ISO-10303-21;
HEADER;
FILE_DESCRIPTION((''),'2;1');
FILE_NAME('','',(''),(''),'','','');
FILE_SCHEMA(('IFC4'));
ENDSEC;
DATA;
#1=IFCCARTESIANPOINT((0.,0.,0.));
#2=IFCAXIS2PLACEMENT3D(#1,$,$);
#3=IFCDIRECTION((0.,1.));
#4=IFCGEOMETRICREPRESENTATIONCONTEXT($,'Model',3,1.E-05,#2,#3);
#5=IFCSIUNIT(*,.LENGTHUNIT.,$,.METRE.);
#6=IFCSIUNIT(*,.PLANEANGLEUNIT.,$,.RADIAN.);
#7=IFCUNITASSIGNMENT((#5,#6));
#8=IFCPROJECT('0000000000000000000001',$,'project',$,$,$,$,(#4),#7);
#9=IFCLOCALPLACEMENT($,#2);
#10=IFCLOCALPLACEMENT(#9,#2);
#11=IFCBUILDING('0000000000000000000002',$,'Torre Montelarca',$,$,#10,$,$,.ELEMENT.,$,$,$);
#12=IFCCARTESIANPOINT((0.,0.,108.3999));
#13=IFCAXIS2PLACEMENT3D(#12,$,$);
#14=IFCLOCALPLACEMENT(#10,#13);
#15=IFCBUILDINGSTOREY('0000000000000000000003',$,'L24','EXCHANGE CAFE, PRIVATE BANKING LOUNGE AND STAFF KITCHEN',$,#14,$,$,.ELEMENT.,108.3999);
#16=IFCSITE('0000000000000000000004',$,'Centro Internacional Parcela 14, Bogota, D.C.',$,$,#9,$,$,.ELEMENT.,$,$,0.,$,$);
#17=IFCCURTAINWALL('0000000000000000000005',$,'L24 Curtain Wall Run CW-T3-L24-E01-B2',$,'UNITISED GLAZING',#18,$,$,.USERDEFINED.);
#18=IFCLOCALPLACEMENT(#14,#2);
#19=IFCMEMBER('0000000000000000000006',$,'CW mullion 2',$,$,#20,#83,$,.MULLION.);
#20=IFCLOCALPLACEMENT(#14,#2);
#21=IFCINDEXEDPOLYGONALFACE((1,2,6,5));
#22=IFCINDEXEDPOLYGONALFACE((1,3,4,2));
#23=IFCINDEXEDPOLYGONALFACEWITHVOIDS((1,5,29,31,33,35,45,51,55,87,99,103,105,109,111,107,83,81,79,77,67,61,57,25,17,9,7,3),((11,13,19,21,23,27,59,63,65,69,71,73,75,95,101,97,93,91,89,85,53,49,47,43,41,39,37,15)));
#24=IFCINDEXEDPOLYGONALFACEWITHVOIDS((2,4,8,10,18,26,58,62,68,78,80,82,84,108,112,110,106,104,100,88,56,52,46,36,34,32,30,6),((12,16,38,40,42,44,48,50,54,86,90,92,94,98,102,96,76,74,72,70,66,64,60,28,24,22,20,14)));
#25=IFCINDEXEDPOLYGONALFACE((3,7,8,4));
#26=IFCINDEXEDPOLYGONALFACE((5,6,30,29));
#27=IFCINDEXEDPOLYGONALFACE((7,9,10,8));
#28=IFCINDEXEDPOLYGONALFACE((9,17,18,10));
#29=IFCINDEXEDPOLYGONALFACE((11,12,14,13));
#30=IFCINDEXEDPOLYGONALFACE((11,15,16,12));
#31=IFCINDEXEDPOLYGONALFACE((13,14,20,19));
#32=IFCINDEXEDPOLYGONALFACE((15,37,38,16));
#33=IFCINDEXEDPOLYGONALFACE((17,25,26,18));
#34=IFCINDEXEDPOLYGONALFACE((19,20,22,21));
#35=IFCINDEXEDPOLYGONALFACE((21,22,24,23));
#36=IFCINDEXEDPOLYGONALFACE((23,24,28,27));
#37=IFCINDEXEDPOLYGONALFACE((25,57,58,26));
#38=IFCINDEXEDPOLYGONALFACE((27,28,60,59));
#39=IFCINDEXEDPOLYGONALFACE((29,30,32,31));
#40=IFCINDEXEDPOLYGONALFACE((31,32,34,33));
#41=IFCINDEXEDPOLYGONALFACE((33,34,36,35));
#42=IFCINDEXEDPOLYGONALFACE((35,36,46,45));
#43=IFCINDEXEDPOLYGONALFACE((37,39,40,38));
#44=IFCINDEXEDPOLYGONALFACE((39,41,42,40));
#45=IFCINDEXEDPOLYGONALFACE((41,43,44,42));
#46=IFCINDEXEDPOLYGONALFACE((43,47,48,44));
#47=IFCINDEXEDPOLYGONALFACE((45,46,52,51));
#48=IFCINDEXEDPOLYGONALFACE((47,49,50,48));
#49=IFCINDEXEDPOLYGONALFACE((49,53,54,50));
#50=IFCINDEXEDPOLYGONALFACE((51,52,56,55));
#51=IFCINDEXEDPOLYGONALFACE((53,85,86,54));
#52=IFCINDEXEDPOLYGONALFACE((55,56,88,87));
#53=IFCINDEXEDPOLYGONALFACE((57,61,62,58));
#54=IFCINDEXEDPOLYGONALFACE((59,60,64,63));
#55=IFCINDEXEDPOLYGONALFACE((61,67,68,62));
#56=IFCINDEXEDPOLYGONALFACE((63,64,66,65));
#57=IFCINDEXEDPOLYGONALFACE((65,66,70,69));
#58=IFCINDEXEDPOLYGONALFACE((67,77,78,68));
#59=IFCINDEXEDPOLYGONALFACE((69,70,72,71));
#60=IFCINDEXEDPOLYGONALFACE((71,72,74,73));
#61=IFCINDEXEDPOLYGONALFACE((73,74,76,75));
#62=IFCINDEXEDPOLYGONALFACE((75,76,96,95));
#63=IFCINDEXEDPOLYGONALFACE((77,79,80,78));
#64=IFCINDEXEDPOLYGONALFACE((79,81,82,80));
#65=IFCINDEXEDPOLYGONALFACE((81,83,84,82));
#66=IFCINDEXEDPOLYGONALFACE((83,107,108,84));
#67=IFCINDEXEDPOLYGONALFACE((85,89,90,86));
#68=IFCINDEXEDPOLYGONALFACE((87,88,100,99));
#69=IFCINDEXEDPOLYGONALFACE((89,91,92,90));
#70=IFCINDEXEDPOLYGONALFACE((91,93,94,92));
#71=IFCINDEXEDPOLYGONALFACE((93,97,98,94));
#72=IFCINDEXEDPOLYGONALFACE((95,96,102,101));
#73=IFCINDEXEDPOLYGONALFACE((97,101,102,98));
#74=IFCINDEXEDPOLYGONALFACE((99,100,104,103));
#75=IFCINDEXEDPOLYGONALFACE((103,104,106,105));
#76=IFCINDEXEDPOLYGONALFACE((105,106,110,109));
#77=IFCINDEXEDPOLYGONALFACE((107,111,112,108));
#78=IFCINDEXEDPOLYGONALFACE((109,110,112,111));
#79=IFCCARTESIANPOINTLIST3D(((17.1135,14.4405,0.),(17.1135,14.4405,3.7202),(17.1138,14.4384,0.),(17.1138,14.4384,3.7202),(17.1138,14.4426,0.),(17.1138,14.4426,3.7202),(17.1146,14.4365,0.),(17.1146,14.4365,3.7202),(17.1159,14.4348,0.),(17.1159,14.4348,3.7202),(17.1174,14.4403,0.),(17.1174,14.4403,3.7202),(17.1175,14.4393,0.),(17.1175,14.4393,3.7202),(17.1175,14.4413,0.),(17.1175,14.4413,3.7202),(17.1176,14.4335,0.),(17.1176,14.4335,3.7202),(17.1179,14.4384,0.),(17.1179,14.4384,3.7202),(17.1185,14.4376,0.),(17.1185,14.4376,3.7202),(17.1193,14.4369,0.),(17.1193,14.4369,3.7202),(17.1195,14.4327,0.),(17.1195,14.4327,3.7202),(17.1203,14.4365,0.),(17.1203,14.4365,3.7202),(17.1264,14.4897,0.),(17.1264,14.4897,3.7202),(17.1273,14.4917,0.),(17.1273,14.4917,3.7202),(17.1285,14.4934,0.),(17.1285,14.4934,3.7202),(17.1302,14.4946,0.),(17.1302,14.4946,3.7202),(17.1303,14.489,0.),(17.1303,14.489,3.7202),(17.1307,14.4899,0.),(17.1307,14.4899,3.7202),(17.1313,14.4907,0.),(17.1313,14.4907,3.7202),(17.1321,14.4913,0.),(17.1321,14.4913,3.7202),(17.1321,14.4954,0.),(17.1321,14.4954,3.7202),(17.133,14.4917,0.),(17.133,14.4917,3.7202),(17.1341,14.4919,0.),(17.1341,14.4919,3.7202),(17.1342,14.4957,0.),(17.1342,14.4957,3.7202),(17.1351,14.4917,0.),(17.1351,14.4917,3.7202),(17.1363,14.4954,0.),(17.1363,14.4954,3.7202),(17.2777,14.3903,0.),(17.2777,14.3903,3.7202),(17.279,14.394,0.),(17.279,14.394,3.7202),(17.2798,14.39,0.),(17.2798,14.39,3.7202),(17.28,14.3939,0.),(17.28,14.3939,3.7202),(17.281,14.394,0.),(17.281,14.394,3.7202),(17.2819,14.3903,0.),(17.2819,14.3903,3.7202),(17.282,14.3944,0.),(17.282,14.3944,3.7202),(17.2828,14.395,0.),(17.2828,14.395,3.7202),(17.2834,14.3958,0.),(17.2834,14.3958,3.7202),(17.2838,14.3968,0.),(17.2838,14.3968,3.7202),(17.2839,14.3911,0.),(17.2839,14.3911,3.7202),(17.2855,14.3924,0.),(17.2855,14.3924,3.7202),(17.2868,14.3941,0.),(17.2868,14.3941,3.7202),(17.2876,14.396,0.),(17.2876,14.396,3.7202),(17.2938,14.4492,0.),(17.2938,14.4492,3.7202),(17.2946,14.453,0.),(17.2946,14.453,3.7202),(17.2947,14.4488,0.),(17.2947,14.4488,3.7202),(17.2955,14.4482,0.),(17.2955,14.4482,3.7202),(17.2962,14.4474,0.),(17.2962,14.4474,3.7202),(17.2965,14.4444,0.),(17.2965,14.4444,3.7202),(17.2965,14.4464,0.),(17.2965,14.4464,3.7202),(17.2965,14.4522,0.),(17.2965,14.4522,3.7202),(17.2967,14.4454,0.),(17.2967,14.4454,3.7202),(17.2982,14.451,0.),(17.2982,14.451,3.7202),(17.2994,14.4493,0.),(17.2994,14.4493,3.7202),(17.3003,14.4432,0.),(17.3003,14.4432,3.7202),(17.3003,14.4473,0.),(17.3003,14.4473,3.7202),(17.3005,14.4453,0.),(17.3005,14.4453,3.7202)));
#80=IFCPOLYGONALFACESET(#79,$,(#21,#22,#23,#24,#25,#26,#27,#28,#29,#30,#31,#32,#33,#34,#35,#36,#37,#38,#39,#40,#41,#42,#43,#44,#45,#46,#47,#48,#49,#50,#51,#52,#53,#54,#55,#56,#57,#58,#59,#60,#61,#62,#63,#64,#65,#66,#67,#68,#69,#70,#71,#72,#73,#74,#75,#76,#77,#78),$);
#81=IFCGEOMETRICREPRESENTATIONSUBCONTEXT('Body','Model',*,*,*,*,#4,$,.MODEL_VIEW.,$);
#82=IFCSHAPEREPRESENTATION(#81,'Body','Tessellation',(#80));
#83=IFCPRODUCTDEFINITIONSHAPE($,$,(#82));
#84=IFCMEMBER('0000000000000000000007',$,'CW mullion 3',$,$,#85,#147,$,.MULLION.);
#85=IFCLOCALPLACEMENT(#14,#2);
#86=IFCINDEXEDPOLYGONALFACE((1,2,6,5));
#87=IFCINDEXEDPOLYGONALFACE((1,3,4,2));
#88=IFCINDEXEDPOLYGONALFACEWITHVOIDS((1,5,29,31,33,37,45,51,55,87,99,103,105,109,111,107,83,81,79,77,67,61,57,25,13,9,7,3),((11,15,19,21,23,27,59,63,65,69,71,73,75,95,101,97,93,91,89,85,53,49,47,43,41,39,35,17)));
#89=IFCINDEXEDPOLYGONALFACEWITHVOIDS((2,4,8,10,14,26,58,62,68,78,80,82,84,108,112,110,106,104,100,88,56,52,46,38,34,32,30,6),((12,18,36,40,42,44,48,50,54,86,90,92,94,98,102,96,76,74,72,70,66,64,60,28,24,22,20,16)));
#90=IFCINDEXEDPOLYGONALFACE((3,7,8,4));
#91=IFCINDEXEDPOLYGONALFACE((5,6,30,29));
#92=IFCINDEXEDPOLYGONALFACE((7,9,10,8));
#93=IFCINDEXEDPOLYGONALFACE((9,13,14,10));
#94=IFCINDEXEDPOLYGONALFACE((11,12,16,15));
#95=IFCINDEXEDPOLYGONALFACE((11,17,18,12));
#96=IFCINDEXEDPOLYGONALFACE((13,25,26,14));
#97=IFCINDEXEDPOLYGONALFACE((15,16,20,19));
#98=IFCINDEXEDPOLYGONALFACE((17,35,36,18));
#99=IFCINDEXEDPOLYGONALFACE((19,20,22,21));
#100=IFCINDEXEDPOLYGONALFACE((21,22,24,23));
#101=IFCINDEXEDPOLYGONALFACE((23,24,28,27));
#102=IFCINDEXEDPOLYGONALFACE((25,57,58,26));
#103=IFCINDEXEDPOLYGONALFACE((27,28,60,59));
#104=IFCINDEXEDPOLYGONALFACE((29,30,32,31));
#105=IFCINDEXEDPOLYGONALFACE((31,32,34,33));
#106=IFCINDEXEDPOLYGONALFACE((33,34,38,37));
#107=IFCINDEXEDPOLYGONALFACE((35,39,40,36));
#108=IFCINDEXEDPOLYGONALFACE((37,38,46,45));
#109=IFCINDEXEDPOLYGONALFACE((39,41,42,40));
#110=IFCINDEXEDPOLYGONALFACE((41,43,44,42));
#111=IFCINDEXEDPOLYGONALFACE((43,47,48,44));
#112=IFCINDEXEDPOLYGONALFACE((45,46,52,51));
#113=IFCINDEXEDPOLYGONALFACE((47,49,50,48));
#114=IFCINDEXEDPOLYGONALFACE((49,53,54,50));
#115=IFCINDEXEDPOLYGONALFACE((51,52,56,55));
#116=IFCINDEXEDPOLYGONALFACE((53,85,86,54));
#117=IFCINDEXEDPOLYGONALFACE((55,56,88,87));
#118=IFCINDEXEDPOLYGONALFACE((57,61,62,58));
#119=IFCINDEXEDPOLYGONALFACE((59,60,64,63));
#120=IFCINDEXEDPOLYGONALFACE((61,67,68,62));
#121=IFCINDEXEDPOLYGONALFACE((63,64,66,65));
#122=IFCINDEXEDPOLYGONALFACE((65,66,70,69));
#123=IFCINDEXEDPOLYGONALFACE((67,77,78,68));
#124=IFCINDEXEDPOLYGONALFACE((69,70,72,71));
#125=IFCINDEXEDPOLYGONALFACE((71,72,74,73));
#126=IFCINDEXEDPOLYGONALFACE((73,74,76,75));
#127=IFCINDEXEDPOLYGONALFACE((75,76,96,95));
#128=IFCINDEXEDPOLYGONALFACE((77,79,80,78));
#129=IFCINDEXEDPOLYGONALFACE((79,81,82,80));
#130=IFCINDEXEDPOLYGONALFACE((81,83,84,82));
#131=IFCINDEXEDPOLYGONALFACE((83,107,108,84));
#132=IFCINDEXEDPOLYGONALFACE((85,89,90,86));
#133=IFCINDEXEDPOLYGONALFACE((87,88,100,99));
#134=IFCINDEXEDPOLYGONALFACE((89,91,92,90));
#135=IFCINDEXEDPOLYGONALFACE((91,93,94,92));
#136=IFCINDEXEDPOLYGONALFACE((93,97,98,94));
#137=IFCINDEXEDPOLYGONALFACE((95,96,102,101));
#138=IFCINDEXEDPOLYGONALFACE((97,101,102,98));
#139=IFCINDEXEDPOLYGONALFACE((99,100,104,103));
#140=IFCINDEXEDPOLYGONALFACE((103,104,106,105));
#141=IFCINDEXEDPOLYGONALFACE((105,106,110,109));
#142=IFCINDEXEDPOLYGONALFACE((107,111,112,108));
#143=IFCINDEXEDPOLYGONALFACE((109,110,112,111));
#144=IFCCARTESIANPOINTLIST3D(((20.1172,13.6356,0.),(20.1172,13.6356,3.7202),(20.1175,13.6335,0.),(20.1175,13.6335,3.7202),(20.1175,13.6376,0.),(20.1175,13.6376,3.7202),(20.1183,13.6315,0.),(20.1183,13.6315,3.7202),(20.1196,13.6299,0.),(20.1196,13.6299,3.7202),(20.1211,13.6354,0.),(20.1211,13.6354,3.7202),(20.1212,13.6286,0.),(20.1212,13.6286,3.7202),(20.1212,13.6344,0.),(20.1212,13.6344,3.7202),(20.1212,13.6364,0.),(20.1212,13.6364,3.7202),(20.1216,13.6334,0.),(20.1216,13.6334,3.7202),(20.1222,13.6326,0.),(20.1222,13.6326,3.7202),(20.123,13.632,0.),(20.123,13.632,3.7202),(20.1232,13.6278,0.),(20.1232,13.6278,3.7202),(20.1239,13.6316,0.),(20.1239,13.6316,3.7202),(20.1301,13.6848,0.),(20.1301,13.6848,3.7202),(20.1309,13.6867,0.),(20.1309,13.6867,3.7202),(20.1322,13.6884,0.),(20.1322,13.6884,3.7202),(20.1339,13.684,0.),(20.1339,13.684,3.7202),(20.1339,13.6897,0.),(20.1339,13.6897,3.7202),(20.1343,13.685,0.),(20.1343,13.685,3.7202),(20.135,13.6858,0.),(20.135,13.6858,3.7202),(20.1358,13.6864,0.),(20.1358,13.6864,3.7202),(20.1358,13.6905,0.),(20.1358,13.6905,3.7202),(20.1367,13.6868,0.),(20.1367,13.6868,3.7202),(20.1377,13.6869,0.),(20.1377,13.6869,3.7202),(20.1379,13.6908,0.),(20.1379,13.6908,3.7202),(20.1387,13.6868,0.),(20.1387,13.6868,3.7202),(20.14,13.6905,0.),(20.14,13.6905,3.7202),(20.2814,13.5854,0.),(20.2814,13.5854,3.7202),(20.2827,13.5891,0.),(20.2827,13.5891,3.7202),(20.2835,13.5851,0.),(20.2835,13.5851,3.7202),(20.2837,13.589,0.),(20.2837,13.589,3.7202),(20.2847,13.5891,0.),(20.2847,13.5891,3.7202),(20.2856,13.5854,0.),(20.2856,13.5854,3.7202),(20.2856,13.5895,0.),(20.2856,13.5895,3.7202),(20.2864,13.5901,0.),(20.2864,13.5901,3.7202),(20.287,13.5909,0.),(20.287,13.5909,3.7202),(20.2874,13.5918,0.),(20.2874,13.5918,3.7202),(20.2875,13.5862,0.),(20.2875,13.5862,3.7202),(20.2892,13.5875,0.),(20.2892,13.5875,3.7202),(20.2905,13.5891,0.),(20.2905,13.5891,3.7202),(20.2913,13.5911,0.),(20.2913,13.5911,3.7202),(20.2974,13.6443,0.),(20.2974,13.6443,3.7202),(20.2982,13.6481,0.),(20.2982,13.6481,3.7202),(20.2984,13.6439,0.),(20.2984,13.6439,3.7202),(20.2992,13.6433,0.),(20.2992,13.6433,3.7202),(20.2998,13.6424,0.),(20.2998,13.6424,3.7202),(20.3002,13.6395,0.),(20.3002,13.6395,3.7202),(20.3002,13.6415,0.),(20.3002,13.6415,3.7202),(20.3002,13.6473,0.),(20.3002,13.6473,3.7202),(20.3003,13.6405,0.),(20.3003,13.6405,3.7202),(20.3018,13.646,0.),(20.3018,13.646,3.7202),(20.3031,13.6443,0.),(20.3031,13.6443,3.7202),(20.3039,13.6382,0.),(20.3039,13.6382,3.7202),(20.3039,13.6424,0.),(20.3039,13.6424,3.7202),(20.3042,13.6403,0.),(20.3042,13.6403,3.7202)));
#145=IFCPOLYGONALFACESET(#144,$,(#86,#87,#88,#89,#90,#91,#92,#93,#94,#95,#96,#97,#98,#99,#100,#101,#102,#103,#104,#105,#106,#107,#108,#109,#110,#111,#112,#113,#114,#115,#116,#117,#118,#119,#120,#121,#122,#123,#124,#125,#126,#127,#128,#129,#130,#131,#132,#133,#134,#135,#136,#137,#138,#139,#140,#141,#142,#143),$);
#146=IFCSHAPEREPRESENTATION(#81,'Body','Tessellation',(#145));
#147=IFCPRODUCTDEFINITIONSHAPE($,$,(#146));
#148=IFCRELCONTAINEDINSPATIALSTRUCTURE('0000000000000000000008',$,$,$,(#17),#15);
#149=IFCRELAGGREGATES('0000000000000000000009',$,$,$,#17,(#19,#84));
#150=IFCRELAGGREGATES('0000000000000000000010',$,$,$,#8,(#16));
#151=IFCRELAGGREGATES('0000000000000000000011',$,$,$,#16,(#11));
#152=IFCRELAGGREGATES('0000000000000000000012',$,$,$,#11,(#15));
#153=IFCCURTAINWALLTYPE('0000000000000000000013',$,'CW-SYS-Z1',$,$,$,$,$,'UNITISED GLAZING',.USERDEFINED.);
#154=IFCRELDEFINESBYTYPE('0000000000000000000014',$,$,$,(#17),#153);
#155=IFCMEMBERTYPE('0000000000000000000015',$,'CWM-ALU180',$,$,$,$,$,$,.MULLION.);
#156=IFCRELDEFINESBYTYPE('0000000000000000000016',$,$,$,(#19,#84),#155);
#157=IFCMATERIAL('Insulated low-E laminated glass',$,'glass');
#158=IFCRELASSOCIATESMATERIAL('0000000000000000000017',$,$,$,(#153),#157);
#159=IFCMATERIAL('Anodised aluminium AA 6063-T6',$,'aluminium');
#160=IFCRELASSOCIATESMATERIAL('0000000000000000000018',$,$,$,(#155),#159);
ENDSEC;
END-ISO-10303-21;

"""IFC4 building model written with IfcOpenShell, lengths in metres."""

from ifc_helpers import new_model, si_unit, direction, frame, origin, origin_2d, place, context, subcontext, project, spatial, hollow_rectangle, extrude, source, transform, mapped, material, material_profile, profile_set, type_object, element, aggregate, save


model = new_model("IFC4")

# Units and contexts
model_context = context("Model", 3, precision=1e-05, world=origin(), true_north=direction((0.0, 1.0)))
body_context = subcontext(model_context, "Body", "Model", "MODEL_VIEW")
ifc_project = project(units=[si_unit("LENGTHUNIT", "METRE"), si_unit("PLANEANGLEUNIT", "RADIAN")], contexts=[model_context])

# Site, building, storey
site_placement = place(None, origin())
site = spatial("IfcSite", under=ifc_project, at=site_placement, Name="Centro Internacional Parcela 14, Bogota, D.C.", CompositionType="ELEMENT", RefElevation=0.0)
building_placement = place(site_placement, origin())
building = spatial("IfcBuilding", under=site, at=building_placement, Name="Torre Montelarca", CompositionType="ELEMENT")
storey_placement = place(building_placement, frame((0.0, 0.0, 108.3999)))
storey = spatial("IfcBuildingStorey", under=building, at=storey_placement, Name="L24", Description="EXCHANGE CAFE, PRIVATE BANKING LOUNGE AND STAFF KITCHEN", CompositionType="ELEMENT", Elevation=108.3999)

# Curtain wall, members
ifc_material_1 = material(Name="Insulated low-E laminated glass", Category="glass")
curtain_wall_type = type_object("IfcCurtainWallType", Name="CW-SYS-Z1", ElementType="UNITISED GLAZING", PredefinedType="USERDEFINED", material=ifc_material_1)
curtain_wall_1_placement = place(storey_placement, origin())
curtain_wall_1 = element("IfcCurtainWall", 1, at=curtain_wall_1_placement, inside=storey, type_object=curtain_wall_type, Name="L24 Curtain Wall Run CW-T3-L24-E01-B2", ObjectType="UNITISED GLAZING", PredefinedType="USERDEFINED")
ifc_material_2 = material(Name="Anodised aluminium AA 6063-T6", Category="aluminium")
ifc_material_profile_1 = material_profile(ifc_material_2, hollow_rectangle(XDim=0.0649, YDim=0.1799, WallThickness=0.0039, InnerFilletRadius=0.0039, OuterFilletRadius=0.0081, at=origin_2d()), Name="ALU65X180X4", Category="aluminium")
ifc_profile_set_1 = profile_set([ifc_material_profile_1], Name="Anodised aluminium AA 6063-T6")
member_type_1 = type_object("IfcMemberType", Name="CWM-ALU180", PredefinedType="MULLION", material=ifc_profile_set_1)
shared_shape_1 = source(origin(), body_context, "Body", "SweptSolid", [
    extrude(hollow_rectangle(XDim=0.0649, YDim=0.1799, WallThickness=0.0039, InnerFilletRadius=0.0039, OuterFilletRadius=0.0081, at=origin_2d()), origin(), (0.0, 0.0, 1.0), 3.7202),
])
member_1_placement = place(storey_placement, frame((17.207, 14.4429, 0.0), z_axis=(0.0, 0.0, 1.0), x_axis=(0.258823, 0.965925, 0.0)))
member_1 = element("IfcMember", 2, at=member_1_placement, type_object=member_type_1, Name="CW mullion 2", PredefinedType="MULLION", context=body_context, shape_type="MappedRepresentation", body=[
    mapped(shared_shape_1, transform((0.0, 0.0, 0.0), scale=1.0)),
])
member_2_placement = place(storey_placement, frame((20.2107, 13.6379, 0.0), z_axis=(0.0, 0.0, 1.0), x_axis=(0.258823, 0.965925, 0.0)))
member_2 = element("IfcMember", 3, at=member_2_placement, type_object=member_type_1, Name="CW mullion 3", PredefinedType="MULLION", context=body_context, shape_type="MappedRepresentation", body=[
    mapped(shared_shape_1, transform((0.0, 0.0, 0.0), scale=1.0)),
])

aggregate(curtain_wall_1, [member_1, member_2])

save(model, "model.ifc")
